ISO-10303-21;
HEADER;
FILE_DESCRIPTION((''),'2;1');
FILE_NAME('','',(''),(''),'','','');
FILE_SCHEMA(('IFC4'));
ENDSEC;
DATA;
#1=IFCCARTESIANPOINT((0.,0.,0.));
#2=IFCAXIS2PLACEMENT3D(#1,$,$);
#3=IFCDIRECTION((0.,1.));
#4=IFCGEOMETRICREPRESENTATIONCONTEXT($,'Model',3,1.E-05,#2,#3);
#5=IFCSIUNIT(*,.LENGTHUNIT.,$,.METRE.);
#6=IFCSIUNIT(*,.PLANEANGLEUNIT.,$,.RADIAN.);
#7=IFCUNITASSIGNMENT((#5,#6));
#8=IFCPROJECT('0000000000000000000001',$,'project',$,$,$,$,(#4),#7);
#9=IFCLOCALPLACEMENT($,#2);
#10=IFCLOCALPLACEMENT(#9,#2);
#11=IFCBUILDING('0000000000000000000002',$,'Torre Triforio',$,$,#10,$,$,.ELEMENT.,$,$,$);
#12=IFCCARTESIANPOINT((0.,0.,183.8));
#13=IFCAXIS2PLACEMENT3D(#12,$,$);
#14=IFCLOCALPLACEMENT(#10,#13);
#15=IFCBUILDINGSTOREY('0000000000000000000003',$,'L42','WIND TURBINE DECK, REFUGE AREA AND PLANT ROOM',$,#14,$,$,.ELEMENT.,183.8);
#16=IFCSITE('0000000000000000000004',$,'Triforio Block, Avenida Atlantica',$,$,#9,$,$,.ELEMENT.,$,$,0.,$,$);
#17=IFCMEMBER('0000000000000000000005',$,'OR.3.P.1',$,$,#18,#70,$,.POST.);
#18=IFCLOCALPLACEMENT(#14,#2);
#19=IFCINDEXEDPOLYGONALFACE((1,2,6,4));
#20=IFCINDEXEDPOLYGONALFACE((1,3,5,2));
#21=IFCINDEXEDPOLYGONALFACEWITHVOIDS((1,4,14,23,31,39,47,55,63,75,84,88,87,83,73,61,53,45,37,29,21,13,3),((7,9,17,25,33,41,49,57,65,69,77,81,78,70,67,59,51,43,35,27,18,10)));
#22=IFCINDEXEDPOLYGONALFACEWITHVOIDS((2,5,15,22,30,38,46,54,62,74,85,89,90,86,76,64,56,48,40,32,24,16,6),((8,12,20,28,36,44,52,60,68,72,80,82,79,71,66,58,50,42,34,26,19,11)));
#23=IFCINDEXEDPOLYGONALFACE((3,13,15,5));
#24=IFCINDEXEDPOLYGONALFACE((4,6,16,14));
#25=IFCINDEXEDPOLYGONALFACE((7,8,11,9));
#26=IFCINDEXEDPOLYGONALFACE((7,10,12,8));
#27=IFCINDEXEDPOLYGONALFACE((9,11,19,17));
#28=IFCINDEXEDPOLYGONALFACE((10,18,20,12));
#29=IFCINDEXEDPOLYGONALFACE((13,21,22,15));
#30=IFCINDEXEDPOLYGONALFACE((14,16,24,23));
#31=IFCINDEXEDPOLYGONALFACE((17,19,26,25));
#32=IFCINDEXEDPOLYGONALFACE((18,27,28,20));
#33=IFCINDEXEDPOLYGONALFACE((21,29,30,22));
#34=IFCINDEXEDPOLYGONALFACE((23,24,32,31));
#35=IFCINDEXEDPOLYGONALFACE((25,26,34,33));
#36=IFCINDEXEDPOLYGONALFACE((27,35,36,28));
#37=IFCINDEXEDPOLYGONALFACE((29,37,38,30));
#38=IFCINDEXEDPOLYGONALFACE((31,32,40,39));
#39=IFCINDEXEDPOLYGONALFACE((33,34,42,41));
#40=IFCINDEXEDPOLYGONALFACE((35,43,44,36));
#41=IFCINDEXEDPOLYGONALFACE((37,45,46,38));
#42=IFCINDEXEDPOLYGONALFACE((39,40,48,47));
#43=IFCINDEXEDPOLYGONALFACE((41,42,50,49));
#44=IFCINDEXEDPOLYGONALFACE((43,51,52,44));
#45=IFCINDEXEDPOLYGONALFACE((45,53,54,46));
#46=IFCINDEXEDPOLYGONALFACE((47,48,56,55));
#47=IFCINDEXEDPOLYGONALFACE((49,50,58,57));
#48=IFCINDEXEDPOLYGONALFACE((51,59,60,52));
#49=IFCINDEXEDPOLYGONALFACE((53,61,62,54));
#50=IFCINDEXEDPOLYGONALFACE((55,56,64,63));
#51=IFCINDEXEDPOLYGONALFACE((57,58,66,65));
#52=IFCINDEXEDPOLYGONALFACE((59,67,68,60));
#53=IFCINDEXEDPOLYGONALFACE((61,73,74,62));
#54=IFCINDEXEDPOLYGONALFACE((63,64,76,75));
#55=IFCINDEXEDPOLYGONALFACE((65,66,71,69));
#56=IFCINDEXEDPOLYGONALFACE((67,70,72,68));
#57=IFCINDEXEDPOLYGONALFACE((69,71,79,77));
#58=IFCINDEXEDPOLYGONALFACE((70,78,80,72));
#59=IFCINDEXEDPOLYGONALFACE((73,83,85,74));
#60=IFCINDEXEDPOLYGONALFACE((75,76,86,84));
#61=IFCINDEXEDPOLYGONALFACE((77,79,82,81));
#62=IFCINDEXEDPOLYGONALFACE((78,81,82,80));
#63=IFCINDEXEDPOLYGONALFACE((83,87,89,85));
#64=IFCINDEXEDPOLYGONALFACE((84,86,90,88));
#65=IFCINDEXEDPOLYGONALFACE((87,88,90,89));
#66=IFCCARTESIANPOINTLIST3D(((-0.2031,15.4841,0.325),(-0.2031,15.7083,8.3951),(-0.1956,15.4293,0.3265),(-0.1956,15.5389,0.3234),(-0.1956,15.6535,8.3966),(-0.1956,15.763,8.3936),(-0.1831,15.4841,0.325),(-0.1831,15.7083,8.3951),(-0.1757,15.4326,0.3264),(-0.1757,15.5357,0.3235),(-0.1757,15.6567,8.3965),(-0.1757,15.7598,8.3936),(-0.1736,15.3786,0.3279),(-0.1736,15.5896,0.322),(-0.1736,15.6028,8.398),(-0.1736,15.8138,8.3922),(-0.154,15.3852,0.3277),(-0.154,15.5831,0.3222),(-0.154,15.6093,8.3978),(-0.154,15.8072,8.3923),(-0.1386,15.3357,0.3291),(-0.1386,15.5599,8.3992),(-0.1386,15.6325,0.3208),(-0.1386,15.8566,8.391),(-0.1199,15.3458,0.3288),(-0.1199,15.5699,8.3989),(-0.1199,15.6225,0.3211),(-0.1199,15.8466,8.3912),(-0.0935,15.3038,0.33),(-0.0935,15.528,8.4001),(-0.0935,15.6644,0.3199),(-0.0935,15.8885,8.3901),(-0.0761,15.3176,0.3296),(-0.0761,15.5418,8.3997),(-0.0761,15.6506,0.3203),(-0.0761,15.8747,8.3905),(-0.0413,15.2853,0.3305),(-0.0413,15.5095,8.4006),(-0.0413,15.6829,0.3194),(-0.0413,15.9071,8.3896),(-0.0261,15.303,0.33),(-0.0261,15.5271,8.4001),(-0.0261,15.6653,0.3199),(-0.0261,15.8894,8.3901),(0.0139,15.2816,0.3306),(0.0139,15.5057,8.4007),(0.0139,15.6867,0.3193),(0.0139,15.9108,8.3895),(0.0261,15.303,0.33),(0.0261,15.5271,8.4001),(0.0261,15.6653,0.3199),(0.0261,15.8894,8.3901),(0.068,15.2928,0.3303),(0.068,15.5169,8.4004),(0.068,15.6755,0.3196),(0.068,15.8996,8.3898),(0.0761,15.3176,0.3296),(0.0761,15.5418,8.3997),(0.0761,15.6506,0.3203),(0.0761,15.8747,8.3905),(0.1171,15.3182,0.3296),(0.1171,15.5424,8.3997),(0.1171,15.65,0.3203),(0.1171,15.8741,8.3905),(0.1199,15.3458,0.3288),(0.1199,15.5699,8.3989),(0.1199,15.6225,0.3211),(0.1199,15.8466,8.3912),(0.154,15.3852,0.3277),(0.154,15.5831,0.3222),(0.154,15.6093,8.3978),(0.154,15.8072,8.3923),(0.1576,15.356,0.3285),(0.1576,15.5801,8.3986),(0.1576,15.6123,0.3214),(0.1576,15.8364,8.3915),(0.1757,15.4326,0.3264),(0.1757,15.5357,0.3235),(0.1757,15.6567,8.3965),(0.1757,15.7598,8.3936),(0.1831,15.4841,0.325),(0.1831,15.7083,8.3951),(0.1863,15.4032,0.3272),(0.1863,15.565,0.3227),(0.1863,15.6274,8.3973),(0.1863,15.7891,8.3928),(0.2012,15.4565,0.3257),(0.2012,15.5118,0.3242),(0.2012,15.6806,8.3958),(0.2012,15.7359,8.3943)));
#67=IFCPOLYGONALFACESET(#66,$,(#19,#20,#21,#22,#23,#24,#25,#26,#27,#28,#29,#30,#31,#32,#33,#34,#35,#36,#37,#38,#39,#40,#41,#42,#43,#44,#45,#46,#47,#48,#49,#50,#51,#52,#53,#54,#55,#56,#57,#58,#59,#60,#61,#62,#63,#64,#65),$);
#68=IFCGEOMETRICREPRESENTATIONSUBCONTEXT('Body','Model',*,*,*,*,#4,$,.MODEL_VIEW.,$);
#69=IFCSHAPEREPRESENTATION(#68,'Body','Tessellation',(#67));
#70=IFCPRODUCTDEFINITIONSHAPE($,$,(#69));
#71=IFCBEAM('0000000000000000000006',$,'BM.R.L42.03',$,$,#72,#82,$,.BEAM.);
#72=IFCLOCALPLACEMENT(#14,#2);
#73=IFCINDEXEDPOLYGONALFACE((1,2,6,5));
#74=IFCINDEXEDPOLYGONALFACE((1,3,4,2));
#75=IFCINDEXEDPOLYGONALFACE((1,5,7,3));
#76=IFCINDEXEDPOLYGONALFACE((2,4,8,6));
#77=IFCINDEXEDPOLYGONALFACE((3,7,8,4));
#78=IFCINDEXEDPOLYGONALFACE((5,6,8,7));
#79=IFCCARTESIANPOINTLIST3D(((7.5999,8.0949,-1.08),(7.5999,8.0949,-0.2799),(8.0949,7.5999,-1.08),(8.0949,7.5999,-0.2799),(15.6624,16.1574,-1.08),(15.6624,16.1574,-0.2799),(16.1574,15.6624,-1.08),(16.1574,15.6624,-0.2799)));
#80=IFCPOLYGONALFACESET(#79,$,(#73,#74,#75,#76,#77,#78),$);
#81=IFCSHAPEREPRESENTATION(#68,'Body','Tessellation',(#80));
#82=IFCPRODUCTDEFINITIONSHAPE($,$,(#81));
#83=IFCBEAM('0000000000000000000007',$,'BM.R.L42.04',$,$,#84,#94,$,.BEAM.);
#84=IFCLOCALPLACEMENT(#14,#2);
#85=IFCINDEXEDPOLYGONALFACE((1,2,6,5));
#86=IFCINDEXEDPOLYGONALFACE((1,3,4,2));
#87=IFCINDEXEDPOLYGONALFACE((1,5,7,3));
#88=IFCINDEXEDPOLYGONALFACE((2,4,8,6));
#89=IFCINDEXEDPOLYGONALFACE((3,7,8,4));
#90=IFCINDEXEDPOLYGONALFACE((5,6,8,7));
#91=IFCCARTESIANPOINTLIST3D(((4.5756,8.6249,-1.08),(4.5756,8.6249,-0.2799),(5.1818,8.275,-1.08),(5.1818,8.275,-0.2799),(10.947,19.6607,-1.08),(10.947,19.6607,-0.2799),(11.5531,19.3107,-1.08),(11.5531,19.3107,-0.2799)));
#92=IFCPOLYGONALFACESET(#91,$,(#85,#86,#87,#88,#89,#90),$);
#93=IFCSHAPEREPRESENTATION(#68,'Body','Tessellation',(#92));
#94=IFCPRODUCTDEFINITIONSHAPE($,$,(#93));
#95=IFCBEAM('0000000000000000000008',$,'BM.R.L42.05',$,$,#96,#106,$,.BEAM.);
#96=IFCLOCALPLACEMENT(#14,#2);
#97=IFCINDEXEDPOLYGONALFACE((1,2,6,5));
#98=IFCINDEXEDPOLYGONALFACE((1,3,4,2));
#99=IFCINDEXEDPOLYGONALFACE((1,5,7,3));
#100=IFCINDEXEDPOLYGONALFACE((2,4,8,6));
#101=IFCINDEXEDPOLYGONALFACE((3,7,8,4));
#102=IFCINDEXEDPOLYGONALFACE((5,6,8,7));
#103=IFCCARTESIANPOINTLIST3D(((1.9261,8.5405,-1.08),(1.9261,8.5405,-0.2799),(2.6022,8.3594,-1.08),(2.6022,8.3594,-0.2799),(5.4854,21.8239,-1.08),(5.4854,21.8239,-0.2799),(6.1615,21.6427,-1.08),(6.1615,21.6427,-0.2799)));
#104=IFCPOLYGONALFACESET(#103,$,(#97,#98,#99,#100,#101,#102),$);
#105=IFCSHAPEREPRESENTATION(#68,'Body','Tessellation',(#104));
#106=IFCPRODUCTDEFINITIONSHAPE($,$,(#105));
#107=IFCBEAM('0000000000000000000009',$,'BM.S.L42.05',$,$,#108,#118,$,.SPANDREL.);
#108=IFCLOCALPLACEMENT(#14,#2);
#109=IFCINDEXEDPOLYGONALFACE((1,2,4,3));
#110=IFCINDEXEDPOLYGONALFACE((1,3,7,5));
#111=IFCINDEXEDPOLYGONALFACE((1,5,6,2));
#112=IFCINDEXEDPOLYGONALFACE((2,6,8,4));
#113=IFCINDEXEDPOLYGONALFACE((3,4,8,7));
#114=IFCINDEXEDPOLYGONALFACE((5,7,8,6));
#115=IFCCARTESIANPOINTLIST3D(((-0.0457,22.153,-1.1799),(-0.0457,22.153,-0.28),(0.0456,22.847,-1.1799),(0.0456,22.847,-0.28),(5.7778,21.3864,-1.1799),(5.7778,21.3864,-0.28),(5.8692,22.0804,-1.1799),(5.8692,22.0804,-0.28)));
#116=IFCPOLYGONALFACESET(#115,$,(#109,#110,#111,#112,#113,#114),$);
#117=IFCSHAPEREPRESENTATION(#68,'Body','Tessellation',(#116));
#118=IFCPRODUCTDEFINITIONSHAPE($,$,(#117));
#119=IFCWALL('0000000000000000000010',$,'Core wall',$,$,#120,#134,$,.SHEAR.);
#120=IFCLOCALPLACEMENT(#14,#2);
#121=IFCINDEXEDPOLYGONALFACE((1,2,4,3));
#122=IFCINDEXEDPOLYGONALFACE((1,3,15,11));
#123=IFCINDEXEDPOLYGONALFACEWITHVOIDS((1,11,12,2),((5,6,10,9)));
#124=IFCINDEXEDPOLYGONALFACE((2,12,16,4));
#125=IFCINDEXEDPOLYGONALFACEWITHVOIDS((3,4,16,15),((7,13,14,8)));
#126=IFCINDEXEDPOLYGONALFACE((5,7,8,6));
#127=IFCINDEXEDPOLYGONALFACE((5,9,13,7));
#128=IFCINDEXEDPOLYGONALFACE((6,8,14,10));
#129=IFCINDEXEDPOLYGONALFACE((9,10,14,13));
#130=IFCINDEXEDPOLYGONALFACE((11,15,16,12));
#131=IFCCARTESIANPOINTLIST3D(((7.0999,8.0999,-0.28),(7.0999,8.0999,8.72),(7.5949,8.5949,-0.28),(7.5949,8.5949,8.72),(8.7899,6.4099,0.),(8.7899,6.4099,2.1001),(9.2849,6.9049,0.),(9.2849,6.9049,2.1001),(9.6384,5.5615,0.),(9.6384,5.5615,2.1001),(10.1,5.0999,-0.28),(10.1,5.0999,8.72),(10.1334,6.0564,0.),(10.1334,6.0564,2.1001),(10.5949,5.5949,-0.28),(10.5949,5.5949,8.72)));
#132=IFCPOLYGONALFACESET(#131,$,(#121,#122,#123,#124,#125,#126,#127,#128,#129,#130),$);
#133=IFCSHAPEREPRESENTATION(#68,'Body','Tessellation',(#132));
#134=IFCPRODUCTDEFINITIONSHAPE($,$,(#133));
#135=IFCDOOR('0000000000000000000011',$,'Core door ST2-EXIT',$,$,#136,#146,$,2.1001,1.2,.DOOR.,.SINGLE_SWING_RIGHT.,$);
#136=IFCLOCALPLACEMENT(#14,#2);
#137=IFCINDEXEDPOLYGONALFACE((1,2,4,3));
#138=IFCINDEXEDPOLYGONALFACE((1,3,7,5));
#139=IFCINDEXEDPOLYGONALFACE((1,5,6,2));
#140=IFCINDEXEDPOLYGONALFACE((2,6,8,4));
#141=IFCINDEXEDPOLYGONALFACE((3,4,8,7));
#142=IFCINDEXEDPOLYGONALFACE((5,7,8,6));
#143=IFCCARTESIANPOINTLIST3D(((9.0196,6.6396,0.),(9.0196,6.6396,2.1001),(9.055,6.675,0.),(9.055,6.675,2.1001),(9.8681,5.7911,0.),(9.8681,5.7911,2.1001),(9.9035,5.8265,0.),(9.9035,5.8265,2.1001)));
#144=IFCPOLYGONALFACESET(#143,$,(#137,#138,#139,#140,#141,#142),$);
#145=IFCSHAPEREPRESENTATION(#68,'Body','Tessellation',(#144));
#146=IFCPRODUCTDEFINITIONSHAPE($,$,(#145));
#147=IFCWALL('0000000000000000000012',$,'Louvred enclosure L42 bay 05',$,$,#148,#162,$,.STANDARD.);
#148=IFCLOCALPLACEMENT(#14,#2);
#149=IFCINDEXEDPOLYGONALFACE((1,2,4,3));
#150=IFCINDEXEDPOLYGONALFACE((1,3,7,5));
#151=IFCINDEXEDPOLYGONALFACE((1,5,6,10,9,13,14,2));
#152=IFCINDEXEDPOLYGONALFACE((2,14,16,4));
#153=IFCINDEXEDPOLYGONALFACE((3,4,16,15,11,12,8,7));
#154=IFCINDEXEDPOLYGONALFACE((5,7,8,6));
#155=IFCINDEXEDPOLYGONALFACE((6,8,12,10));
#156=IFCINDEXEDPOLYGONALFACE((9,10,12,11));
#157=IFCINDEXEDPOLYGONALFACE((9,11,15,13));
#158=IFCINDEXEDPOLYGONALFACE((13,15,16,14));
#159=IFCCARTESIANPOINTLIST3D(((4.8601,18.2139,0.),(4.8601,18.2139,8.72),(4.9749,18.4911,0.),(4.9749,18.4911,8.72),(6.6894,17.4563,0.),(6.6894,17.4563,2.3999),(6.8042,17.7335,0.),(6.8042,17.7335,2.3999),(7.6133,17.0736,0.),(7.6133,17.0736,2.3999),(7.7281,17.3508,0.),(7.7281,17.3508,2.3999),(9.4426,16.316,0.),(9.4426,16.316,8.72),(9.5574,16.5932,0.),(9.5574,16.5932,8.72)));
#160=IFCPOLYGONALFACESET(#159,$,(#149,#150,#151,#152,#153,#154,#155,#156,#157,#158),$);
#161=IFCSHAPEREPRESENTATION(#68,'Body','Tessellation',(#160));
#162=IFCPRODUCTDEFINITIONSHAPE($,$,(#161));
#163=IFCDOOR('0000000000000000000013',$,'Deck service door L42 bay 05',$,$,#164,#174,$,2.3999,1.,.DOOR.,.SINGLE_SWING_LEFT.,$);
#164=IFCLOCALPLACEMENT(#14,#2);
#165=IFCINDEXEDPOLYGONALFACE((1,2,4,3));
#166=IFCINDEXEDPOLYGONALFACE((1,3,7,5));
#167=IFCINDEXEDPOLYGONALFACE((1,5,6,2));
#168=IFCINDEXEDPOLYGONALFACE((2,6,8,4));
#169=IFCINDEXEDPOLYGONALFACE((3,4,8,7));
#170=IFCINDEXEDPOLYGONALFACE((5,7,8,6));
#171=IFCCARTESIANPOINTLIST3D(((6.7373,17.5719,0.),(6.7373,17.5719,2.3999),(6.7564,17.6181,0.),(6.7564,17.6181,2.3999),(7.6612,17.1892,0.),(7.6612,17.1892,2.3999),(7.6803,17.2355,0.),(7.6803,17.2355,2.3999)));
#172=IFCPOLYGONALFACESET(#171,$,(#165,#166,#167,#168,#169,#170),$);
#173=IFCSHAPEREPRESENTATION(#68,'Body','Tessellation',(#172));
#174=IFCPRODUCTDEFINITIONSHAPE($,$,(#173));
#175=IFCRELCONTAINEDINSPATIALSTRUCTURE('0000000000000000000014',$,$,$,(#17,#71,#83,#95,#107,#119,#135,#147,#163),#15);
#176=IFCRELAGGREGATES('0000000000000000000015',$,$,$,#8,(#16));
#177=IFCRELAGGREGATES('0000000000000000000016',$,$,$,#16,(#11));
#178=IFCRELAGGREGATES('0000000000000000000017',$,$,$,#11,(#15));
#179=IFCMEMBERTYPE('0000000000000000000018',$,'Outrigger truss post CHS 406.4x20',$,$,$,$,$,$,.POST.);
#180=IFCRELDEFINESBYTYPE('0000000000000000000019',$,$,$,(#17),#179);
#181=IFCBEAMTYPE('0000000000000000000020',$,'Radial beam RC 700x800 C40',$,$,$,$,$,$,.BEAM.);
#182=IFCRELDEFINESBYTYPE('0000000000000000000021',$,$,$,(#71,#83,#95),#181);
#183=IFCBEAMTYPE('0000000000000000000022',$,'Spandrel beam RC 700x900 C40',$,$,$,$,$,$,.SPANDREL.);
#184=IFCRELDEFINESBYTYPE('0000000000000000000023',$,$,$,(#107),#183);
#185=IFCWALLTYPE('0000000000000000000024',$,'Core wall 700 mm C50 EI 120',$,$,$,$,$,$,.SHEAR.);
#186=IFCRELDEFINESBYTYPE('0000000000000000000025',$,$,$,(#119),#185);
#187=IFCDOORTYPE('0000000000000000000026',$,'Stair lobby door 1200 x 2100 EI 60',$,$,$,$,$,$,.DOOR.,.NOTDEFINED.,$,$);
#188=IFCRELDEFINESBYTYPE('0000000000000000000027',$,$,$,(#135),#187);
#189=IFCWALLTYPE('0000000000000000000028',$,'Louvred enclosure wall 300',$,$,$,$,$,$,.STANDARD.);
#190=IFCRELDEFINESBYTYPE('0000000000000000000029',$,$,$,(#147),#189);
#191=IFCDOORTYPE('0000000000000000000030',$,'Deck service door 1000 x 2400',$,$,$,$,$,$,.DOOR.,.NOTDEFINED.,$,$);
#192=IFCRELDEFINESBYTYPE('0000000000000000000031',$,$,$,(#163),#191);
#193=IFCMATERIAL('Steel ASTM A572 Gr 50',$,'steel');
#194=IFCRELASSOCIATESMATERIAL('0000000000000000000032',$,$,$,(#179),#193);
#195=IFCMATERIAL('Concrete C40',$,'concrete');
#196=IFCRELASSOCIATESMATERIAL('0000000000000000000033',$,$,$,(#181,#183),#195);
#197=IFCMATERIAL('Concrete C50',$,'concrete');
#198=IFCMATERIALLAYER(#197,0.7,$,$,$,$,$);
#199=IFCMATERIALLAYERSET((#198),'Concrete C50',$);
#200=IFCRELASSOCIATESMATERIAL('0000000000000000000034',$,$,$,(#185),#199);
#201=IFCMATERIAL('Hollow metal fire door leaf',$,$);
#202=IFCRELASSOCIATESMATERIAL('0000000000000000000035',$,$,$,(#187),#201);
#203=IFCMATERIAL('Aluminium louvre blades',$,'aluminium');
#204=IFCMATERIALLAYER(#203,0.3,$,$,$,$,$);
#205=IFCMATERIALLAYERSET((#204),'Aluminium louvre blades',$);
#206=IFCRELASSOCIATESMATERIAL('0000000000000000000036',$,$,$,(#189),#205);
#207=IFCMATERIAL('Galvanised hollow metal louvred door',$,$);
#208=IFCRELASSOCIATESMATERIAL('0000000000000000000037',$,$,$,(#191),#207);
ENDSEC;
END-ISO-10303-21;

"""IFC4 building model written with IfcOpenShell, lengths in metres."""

from ifc_helpers import new_model, si_unit, direction, frame, frame_2d, origin, origin_2d, place, context, subcontext, project, spatial, rectangle, hollow_circle, extrude, material, layer, layer_set, material_profile, profile_set, type_object, element, fill, save


model = new_model("IFC4")

# Units and contexts
model_context = context("Model", 3, precision=1e-05, world=origin(), true_north=direction((0.0, 1.0)))
body_context = subcontext(model_context, "Body", "Model", "MODEL_VIEW")
ifc_project = project(units=[si_unit("LENGTHUNIT", "METRE"), si_unit("PLANEANGLEUNIT", "RADIAN")], contexts=[model_context])

# Site, building, storey
site_placement = place(None, origin())
site = spatial("IfcSite", under=ifc_project, at=site_placement, Name="Triforio Block, Avenida Atlantica", CompositionType="ELEMENT", RefElevation=0.0)
building_placement = place(site_placement, origin())
building = spatial("IfcBuilding", under=site, at=building_placement, Name="Torre Triforio", CompositionType="ELEMENT")
storey_placement = place(building_placement, frame((0.0, 0.0, 183.8)))
storey = spatial("IfcBuildingStorey", under=building, at=storey_placement, Name="L42", Description="WIND TURBINE DECK, REFUGE AREA AND PLANT ROOM", CompositionType="ELEMENT", Elevation=183.8)

# Shared definitions
ifc_material_1 = material(Name="Concrete C50", Category="concrete")

# Member
ifc_material_2 = material(Name="Steel ASTM A572 Gr 50", Category="steel")
ifc_material_profile_1 = material_profile(ifc_material_2, hollow_circle(Radius=0.2031, WallThickness=0.02, at=origin_2d()), Name="CHS 406.4x20")
ifc_profile_set_1 = profile_set([ifc_material_profile_1], Name="Steel ASTM A572 Gr 50")
member_type_1 = type_object("IfcMemberType", Name="Outrigger truss post CHS 406.4x20", PredefinedType="POST", material=ifc_profile_set_1)
member_1_placement = place(storey_placement, frame((0.0, 15.4841, 0.325), z_axis=(0.0, 0.027761, 0.999615), x_axis=(-1.0, 0.0, 0.0)))
element("IfcMember", 1, at=member_1_placement, inside=storey, type_object=member_type_1, Name="OR.3.P.1", PredefinedType="POST", context=body_context, shape_type="SweptSolid", body=[
    extrude(hollow_circle(Radius=0.2031, WallThickness=0.02, at=origin_2d()), origin(), (0.0, 0.0, 1.0), 8.0732),
])

# Beams
ifc_material_3 = material(Name="Concrete C40", Category="concrete")
ifc_material_profile_2 = material_profile(ifc_material_3, rectangle(XDim=0.7, YDim=0.8, at=origin_2d()), Name="RC 700x800")
ifc_profile_set_2 = profile_set([ifc_material_profile_2], Name="Concrete C40")
beam_type_1 = type_object("IfcBeamType", Name="Radial beam RC 700x800 C40", PredefinedType="BEAM", material=ifc_profile_set_2)
beam_1_placement = place(storey_placement, frame((7.8474, 7.8474, -0.6799), z_axis=(0.707107, 0.707107, 0.0), x_axis=(-0.707107, 0.707107, 0.0)))
element("IfcBeam", 2, at=beam_1_placement, inside=storey, type_object=beam_type_1, Name="BM.R.L42.03", PredefinedType="BEAM", context=body_context, shape_type="SweptSolid", body=[
    extrude(rectangle(XDim=0.7, YDim=0.8, at=origin_2d()), origin(), (0.0, 0.0, 1.0), 11.4021),
])
beam_2_placement = place(storey_placement, frame((4.8787, 8.45, -0.6799), z_axis=(0.499994, 0.866029, 0.0), x_axis=(-0.866029, 0.499994, 0.0)))
element("IfcBeam", 3, at=beam_2_placement, inside=storey, type_object=beam_type_1, Name="BM.R.L42.04", PredefinedType="BEAM", context=body_context, shape_type="SweptSolid", body=[
    extrude(rectangle(XDim=0.7, YDim=0.8, at=origin_2d()), origin(), (0.0, 0.0, 1.0), 12.7429),
])
beam_3_placement = place(storey_placement, frame((2.2642, 8.45, -0.6799), z_axis=(0.258822, 0.965925, 0.0), x_axis=(-0.965925, 0.258822, 0.0)))
element("IfcBeam", 4, at=beam_3_placement, inside=storey, type_object=beam_type_1, Name="BM.R.L42.05", PredefinedType="BEAM", context=body_context, shape_type="SweptSolid", body=[
    extrude(rectangle(XDim=0.7, YDim=0.8, at=origin_2d()), origin(), (0.0, 0.0, 1.0), 13.752),
])
ifc_material_profile_3 = material_profile(ifc_material_3, rectangle(XDim=0.7, YDim=0.8999, at=origin_2d()), Name="RC 700x900")
ifc_profile_set_3 = profile_set([ifc_material_profile_3], Name="Concrete C40")
beam_type_2 = type_object("IfcBeamType", Name="Spandrel beam RC 700x900 C40", PredefinedType="SPANDREL", material=ifc_profile_set_3)
beam_4_placement = place(storey_placement, frame((5.8235, 21.7334, -0.73), z_axis=(-0.991447, 0.130514, 0.0), x_axis=(-0.130514, -0.991447, 0.0)))
element("IfcBeam", 5, at=beam_4_placement, inside=storey, type_object=beam_type_2, Name="BM.S.L42.05", PredefinedType="SPANDREL", context=body_context, shape_type="SweptSolid", body=[
    extrude(rectangle(XDim=0.7, YDim=0.8999, at=origin_2d()), origin(), (0.0, 0.0, 1.0), 5.8738),
])

# Walls, openings, doors
ifc_layer_1 = layer(ifc_material_1, 0.7)
ifc_layer_set_1 = layer_set([ifc_layer_1], Name="Concrete C50")
wall_type_1 = type_object("IfcWallType", Name="Core wall 700 mm C50 EI 120", PredefinedType="SHEAR", material=ifc_layer_set_1)
wall_1_placement = place(storey_placement, frame((7.3474, 8.3474, -0.28), z_axis=(0.0, 0.0, 1.0), x_axis=(0.707107, -0.707107, 0.0)))
wall_1 = element("IfcWall", 6, at=wall_1_placement, inside=storey, type_object=wall_type_1, Name="Core wall", PredefinedType="SHEAR", context=body_context, shape_type="SweptSolid", body=[
    extrude(rectangle(XDim=4.2427, YDim=0.7, at=frame_2d((2.1213, 0.0))), origin(), (0.0, 0.0, 1.0), 9.0),
])
opening_1_placement = place(wall_1_placement, frame((2.3899, 0.0, 0.28)))
opening_1 = element("IfcOpeningElement", 7, at=opening_1_placement, cuts=wall_1, PredefinedType="OPENING", context=body_context, shape_type="SweptSolid", body=[
    extrude(rectangle(XDim=1.2, YDim=2.1001, at=frame_2d((0.6001, 1.05))), frame((0.0, 0.3599, 0.0), z_axis=(0.0, -1.0, 0.0), x_axis=(1.0, 0.0, 0.0)), (0.0, 0.0, 1.0), 0.72),
])
ifc_material_4 = material(Name="Hollow metal fire door leaf")
door_type_1 = type_object("IfcDoorType", Name="Stair lobby door 1200 x 2100 EI 60", OperationType="NOTDEFINED", PredefinedType="DOOR", material=ifc_material_4)
door_1_placement = place(opening_1_placement, origin())
door_1 = element("IfcDoor", 8, at=door_1_placement, inside=storey, type_object=door_type_1, Name="Core door ST2-EXIT", OperationType="SINGLE_SWING_RIGHT", OverallHeight=2.1001, OverallWidth=1.2, PredefinedType="DOOR", context=body_context, shape_type="SweptSolid", body=[
    extrude(rectangle(XDim=1.2, YDim=2.1001, at=frame_2d((0.6001, 1.05))), frame((0.0, 0.0249, 0.0), z_axis=(0.0, -1.0, 0.0), x_axis=(1.0, 0.0, 0.0)), (0.0, 0.0, 1.0), 0.05),
])
fill(opening_1, door_1)
ifc_material_5 = material(Name="Aluminium louvre blades", Category="aluminium")
ifc_layer_2 = layer(ifc_material_5, 0.3)
ifc_layer_set_2 = layer_set([ifc_layer_2], Name="Aluminium louvre blades")
wall_type_2 = type_object("IfcWallType", Name="Louvred enclosure wall 300", PredefinedType="STANDARD", material=ifc_layer_set_2)
wall_2_placement = place(storey_placement, frame((9.5, 16.4546, 0.0), z_axis=(0.0, 0.0, 1.0), x_axis=(-0.923893, 0.38265, 0.0)))
wall_2 = element("IfcWall", 9, at=wall_2_placement, inside=storey, type_object=wall_type_2, Name="Louvred enclosure L42 bay 05", PredefinedType="STANDARD", context=body_context, shape_type="SweptSolid", body=[
    extrude(rectangle(XDim=4.96, YDim=0.3, at=frame_2d((2.48, 0.0))), origin(), (0.0, 0.0, 1.0), 8.72),
])
opening_2_placement = place(wall_2_placement, frame((1.98, 0.0, 0.0)))
opening_2 = element("IfcOpeningElement", 10, at=opening_2_placement, cuts=wall_2, PredefinedType="OPENING", context=body_context, shape_type="SweptSolid", body=[
    extrude(rectangle(XDim=1.0, YDim=2.3999, at=frame_2d((0.5, 1.2))), frame((0.0, 0.1599, 0.0), z_axis=(0.0, -1.0, 0.0), x_axis=(1.0, 0.0, 0.0)), (0.0, 0.0, 1.0), 0.3201),
])
ifc_material_6 = material(Name="Galvanised hollow metal louvred door")
door_type_2 = type_object("IfcDoorType", Name="Deck service door 1000 x 2400", OperationType="NOTDEFINED", PredefinedType="DOOR", material=ifc_material_6)
door_2_placement = place(opening_2_placement, origin())
door_2 = element("IfcDoor", 11, at=door_2_placement, inside=storey, type_object=door_type_2, Name="Deck service door L42 bay 05", OperationType="SINGLE_SWING_LEFT", OverallHeight=2.3999, OverallWidth=1.0, PredefinedType="DOOR", context=body_context, shape_type="SweptSolid", body=[
    extrude(rectangle(XDim=1.0, YDim=2.3999, at=frame_2d((0.5, 1.2))), frame((0.0, 0.0249, 0.0), z_axis=(0.0, -1.0, 0.0), x_axis=(1.0, 0.0, 0.0)), (0.0, 0.0, 1.0), 0.05),
])
fill(opening_2, door_2)

save(model, "model.ifc")
